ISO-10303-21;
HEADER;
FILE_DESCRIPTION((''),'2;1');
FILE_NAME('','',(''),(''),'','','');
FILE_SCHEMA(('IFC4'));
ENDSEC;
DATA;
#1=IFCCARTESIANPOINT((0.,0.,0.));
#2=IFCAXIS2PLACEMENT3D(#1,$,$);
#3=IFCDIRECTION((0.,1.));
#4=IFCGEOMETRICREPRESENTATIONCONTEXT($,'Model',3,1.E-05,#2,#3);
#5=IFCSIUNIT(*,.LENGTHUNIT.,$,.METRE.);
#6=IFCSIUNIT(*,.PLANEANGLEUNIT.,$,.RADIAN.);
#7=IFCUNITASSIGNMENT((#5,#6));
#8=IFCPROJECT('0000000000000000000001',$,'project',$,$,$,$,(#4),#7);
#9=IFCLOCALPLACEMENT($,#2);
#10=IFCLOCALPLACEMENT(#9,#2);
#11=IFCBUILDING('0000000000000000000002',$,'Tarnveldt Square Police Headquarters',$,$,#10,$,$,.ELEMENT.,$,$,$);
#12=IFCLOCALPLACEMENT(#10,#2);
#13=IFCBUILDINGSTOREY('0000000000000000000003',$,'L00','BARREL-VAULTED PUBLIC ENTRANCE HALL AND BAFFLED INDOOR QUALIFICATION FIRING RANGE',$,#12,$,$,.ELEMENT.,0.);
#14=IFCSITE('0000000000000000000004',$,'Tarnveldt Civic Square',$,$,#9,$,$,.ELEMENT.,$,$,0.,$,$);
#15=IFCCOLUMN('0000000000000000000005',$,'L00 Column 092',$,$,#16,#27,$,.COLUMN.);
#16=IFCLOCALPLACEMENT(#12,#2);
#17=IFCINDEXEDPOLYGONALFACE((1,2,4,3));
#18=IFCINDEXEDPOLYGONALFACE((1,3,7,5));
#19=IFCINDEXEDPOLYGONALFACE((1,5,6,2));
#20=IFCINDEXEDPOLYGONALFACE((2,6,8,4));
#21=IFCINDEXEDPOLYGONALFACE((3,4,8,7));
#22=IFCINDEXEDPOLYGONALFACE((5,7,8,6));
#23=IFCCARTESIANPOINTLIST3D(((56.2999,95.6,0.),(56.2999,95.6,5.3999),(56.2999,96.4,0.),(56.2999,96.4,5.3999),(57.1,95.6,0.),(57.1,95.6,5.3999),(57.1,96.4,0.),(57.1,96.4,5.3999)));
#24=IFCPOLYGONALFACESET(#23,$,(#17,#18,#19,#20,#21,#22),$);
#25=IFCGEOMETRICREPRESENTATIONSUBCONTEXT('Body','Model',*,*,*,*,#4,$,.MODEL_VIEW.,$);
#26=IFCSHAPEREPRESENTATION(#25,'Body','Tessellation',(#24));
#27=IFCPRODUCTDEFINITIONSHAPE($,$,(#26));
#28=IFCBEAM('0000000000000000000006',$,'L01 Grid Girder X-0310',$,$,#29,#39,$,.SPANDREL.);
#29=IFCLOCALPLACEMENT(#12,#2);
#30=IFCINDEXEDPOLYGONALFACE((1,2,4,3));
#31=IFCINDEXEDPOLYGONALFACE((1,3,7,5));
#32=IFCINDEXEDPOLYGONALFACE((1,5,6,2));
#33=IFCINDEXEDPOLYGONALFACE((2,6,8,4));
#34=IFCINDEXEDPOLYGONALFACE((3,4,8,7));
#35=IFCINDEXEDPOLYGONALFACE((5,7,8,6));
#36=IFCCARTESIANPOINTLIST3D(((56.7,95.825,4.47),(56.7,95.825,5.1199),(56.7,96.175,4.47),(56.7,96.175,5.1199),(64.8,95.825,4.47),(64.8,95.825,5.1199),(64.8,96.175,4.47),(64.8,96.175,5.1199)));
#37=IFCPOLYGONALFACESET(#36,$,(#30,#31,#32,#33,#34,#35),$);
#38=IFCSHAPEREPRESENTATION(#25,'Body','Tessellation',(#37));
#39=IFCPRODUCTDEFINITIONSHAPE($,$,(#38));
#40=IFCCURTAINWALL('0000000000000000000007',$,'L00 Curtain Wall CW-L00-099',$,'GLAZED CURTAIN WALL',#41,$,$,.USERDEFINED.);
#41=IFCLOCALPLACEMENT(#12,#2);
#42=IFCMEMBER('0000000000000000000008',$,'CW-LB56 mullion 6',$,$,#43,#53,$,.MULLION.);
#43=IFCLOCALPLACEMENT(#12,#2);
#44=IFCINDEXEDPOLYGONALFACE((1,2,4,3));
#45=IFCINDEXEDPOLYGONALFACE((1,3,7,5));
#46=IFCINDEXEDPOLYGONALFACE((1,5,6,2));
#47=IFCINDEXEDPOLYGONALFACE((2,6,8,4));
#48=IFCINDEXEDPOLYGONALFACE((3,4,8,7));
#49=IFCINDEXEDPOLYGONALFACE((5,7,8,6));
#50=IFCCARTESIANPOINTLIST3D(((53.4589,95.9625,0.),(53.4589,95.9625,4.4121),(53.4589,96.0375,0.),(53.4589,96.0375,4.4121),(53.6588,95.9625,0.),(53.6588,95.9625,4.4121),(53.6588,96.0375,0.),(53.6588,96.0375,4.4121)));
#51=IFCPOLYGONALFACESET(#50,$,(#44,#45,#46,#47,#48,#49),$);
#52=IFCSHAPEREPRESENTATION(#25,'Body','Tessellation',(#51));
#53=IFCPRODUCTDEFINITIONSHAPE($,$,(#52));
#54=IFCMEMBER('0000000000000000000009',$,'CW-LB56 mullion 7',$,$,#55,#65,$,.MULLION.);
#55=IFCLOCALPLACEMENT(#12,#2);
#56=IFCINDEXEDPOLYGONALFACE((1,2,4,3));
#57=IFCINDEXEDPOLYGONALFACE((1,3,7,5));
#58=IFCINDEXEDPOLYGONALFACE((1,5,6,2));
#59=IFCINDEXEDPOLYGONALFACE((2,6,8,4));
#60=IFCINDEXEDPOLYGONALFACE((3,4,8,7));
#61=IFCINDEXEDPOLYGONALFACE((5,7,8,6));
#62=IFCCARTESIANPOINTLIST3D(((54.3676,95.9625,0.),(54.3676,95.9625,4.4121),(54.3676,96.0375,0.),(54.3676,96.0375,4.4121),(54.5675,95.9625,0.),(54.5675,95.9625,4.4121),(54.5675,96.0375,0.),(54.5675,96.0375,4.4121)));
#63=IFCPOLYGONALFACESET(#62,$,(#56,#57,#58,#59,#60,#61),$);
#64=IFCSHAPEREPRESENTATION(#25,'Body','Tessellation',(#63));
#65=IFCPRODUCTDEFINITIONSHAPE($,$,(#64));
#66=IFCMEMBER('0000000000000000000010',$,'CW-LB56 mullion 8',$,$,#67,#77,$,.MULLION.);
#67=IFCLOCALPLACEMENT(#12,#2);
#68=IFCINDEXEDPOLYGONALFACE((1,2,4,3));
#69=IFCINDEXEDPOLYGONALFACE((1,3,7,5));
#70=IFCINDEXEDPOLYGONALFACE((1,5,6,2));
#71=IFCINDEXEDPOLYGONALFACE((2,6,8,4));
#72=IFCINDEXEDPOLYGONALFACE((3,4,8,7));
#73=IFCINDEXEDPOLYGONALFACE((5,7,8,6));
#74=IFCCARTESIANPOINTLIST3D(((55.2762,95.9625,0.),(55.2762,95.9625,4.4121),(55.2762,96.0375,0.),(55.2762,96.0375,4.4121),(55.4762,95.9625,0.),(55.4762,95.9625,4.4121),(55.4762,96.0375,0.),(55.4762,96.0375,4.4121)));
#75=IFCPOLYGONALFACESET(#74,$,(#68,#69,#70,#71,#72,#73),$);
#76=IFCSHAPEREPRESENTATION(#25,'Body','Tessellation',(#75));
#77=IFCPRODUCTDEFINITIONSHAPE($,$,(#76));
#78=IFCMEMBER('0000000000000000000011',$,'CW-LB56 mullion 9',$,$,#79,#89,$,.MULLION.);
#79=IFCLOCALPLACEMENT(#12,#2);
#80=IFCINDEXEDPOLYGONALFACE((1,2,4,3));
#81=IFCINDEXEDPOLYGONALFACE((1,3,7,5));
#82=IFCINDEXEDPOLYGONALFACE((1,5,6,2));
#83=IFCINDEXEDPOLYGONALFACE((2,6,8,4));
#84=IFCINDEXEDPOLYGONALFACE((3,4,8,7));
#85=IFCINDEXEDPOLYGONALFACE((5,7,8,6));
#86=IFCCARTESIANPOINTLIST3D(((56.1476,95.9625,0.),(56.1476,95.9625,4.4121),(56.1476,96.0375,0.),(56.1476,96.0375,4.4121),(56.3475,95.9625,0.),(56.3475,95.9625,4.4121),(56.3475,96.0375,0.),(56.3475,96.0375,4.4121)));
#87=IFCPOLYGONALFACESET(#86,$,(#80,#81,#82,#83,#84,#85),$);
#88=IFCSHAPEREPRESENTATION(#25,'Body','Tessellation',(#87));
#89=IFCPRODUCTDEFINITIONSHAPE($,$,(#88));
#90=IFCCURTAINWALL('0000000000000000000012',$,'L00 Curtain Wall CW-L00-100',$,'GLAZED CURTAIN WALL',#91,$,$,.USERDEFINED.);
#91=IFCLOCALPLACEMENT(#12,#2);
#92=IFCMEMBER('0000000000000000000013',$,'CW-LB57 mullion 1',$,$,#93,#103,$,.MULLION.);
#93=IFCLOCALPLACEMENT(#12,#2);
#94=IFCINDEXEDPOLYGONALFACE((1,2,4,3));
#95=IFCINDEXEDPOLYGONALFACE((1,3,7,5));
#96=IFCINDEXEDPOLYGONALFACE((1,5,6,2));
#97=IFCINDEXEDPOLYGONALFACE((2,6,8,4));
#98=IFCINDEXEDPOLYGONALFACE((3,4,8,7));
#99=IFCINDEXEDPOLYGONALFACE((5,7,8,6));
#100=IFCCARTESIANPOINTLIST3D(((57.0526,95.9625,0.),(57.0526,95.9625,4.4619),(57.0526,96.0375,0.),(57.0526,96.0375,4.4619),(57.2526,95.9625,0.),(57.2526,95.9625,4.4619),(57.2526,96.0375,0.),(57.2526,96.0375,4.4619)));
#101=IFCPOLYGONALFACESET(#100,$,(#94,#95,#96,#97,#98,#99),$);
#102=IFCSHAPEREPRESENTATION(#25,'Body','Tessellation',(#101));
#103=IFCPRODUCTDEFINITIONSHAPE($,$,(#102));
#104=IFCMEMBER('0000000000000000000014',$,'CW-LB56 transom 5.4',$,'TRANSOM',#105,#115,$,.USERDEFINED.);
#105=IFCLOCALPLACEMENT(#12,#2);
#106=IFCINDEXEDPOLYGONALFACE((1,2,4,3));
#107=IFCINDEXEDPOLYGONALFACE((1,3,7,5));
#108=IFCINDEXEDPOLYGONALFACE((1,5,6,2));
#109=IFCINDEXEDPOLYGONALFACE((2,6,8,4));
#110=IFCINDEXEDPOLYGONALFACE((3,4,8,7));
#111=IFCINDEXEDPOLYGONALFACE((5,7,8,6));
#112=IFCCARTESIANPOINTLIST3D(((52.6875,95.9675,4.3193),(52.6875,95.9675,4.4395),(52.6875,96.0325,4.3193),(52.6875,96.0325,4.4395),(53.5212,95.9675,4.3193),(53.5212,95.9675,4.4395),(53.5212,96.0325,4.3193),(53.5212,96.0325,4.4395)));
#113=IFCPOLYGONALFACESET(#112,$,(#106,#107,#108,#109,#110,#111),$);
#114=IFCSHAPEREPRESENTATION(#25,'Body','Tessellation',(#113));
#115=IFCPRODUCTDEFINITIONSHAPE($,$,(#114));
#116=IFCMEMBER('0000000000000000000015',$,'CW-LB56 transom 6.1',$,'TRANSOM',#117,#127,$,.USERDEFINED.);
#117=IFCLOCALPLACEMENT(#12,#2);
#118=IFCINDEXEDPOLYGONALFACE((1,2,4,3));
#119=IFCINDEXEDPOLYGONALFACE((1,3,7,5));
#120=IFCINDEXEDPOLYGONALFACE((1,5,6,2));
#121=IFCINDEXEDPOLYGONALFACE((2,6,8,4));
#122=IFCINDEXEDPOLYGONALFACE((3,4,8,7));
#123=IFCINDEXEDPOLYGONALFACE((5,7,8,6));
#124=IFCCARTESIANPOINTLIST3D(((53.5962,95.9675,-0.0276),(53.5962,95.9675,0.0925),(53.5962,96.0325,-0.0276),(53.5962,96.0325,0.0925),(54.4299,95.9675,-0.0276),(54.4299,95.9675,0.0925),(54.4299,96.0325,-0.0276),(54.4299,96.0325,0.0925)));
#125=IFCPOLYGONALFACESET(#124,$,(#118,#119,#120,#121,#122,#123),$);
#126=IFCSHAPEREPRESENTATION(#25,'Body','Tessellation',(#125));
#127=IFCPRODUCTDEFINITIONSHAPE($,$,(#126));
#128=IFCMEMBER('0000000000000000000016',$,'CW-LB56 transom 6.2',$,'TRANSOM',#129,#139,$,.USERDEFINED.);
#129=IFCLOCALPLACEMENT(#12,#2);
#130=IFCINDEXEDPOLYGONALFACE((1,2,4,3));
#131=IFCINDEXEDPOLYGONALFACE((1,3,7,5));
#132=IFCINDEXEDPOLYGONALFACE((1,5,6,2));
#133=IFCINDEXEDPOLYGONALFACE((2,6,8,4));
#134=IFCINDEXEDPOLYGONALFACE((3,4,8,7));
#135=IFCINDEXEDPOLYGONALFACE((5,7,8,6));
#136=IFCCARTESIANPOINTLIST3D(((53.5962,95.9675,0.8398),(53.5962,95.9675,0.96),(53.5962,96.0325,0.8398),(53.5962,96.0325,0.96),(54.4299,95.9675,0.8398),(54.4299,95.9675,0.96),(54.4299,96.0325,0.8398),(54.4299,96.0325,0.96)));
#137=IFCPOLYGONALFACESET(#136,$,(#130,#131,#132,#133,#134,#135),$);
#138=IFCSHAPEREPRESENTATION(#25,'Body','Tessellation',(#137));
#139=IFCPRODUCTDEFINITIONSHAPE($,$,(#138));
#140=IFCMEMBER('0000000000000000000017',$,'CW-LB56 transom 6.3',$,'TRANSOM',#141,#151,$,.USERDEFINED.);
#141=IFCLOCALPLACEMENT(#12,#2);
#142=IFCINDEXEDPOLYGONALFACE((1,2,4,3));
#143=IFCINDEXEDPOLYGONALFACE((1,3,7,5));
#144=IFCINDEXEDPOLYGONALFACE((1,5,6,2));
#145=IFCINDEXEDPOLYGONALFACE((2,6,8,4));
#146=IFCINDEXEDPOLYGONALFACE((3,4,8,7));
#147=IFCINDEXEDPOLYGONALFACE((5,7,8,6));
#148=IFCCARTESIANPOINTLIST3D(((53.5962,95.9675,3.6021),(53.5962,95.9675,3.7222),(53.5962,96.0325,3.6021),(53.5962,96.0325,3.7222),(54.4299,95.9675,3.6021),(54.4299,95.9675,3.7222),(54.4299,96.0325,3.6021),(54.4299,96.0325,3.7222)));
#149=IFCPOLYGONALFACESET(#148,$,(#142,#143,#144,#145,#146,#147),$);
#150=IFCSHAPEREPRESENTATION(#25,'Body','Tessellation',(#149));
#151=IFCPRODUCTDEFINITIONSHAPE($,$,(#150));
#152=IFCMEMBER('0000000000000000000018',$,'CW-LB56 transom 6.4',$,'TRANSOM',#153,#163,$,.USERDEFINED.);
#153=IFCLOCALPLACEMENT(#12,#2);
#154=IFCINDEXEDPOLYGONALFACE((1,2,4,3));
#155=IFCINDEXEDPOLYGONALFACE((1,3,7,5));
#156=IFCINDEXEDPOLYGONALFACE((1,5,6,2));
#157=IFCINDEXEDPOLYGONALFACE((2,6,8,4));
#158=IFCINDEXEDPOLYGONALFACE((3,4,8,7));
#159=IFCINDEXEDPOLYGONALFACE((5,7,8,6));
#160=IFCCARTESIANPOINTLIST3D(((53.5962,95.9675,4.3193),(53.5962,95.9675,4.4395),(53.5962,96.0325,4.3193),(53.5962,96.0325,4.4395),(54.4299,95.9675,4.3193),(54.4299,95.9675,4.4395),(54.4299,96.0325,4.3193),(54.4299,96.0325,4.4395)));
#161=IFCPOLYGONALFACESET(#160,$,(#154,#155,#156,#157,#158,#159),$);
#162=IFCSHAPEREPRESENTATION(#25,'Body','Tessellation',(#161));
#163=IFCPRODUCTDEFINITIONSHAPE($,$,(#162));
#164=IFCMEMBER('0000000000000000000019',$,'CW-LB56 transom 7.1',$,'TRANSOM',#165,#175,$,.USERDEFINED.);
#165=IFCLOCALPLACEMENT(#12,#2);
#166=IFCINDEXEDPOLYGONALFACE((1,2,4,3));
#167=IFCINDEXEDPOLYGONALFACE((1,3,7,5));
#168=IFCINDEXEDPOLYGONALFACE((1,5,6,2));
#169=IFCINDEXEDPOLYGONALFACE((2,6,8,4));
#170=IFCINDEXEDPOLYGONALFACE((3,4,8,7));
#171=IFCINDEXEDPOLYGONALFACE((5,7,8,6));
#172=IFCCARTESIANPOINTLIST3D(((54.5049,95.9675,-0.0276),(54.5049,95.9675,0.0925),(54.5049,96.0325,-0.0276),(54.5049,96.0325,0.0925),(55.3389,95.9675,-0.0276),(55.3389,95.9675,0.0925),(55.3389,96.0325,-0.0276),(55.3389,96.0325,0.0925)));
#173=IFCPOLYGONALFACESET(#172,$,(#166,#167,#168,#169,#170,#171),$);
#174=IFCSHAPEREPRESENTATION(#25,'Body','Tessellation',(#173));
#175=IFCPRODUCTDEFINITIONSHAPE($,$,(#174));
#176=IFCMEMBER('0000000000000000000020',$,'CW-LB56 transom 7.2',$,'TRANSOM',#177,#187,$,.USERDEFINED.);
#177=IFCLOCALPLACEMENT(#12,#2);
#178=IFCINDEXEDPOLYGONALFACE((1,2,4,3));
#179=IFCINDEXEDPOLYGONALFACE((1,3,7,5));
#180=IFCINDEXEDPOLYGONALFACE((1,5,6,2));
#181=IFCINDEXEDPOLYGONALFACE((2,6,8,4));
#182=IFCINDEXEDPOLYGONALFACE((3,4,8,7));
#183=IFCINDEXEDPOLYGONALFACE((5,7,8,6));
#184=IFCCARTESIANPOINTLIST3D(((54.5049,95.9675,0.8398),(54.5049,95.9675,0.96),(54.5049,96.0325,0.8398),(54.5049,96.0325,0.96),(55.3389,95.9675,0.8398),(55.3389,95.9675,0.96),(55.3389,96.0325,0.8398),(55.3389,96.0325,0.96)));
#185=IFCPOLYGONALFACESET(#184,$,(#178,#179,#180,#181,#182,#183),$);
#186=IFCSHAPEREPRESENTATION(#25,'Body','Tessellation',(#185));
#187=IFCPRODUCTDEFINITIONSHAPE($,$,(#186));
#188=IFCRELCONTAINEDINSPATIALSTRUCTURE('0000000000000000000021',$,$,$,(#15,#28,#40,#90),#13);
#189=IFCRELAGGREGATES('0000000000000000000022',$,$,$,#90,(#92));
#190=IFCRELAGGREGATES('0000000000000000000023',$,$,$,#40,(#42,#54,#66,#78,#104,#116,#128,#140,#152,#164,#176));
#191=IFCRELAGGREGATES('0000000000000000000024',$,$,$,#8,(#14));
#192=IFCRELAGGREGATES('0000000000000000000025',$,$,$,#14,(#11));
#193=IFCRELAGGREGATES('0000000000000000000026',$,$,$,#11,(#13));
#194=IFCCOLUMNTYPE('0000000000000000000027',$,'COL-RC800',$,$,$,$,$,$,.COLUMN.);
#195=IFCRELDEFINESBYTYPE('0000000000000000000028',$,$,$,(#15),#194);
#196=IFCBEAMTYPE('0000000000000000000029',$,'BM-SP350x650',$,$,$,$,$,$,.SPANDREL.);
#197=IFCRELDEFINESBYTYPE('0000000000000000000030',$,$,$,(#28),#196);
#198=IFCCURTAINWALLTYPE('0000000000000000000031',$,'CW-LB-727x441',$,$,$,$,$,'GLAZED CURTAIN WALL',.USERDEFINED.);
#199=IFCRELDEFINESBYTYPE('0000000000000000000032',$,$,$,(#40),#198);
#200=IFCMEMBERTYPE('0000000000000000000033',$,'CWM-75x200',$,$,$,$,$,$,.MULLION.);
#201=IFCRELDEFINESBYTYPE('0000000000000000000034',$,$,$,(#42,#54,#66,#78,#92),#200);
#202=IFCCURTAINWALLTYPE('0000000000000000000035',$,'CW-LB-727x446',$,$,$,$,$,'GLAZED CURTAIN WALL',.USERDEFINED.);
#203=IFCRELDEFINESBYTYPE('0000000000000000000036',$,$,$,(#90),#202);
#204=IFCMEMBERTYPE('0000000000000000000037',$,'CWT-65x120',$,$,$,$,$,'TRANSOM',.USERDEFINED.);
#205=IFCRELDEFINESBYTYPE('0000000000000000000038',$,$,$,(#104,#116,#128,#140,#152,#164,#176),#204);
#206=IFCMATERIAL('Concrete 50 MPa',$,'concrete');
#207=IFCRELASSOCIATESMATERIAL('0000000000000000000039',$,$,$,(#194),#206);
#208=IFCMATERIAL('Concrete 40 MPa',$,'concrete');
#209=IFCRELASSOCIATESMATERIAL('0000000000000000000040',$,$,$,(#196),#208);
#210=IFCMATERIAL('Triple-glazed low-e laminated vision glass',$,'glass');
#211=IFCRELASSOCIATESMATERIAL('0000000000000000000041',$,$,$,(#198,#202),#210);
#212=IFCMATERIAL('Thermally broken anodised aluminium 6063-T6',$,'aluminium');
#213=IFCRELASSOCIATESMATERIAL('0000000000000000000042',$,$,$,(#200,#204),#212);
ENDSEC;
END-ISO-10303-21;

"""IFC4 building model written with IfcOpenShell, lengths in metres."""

from ifc_helpers import new_model, si_unit, direction, frame, origin, origin_2d, place, context, subcontext, project, spatial, rectangle, extrude, material, material_profile, profile_set, type_object, element, aggregate, save


model = new_model("IFC4")

# Units and contexts
model_context = context("Model", 3, precision=1e-05, world=origin(), true_north=direction((0.0, 1.0)))
body_context = subcontext(model_context, "Body", "Model", "MODEL_VIEW")
ifc_project = project(units=[si_unit("LENGTHUNIT", "METRE"), si_unit("PLANEANGLEUNIT", "RADIAN")], contexts=[model_context])

# Site, building, storey
site_placement = place(None, origin())
site = spatial("IfcSite", under=ifc_project, at=site_placement, Name="Tarnveldt Civic Square", CompositionType="ELEMENT", RefElevation=0.0)
building_placement = place(site_placement, origin())
building = spatial("IfcBuilding", under=site, at=building_placement, Name="Tarnveldt Square Police Headquarters", CompositionType="ELEMENT")
storey_placement = place(building_placement, origin())
storey = spatial("IfcBuildingStorey", under=building, at=storey_placement, Name="L00", Description="BARREL-VAULTED PUBLIC ENTRANCE HALL AND BAFFLED INDOOR QUALIFICATION FIRING RANGE", CompositionType="ELEMENT", Elevation=0.0)

# Column
ifc_material_1 = material(Name="Concrete 50 MPa", Category="concrete")
ifc_material_profile_1 = material_profile(ifc_material_1, rectangle(XDim=0.8, YDim=0.8, at=origin_2d()), Name="RC-C800x800")
ifc_profile_set_1 = profile_set([ifc_material_profile_1], Name="Concrete 50 MPa")
column_type = type_object("IfcColumnType", Name="COL-RC800", PredefinedType="COLUMN", material=ifc_profile_set_1)
column_placement = place(storey_placement, frame((56.7, 96.0, 0.0), z_axis=(0.0, 0.0, 1.0), x_axis=(1.0, 0.0, 0.0)))
element("IfcColumn", 1, at=column_placement, inside=storey, type_object=column_type, Name="L00 Column 092", PredefinedType="COLUMN", context=body_context, shape_type="SweptSolid", body=[
    extrude(rectangle(XDim=0.8, YDim=0.8, at=origin_2d()), origin(), (0.0, 0.0, 1.0), 5.3999),
])

# Beam
ifc_material_2 = material(Name="Concrete 40 MPa", Category="concrete")
ifc_material_profile_2 = material_profile(ifc_material_2, rectangle(XDim=0.3501, YDim=0.6499, at=origin_2d()), Name="RC-SP350x650")
ifc_profile_set_2 = profile_set([ifc_material_profile_2], Name="Concrete 40 MPa")
beam_type = type_object("IfcBeamType", Name="BM-SP350x650", PredefinedType="SPANDREL", material=ifc_profile_set_2)
beam_placement = place(storey_placement, frame((56.7, 96.0, 4.7949), z_axis=(1.0, 0.0, 0.0), x_axis=(0.0, 1.0, 0.0)))
element("IfcBeam", 2, at=beam_placement, inside=storey, type_object=beam_type, Name="L01 Grid Girder X-0310", PredefinedType="SPANDREL", context=body_context, shape_type="SweptSolid", body=[
    extrude(rectangle(XDim=0.3501, YDim=0.6499, at=origin_2d()), origin(), (0.0, 0.0, 1.0), 8.1001),
])

# Curtain wall, members
ifc_material_3 = material(Name="Triple-glazed low-e laminated vision glass", Category="glass")
curtain_wall_type_1 = type_object("IfcCurtainWallType", Name="CW-LB-727x441", ElementType="GLAZED CURTAIN WALL", PredefinedType="USERDEFINED", material=ifc_material_3)
curtain_wall_1_placement = place(storey_placement, origin())
curtain_wall_1 = element("IfcCurtainWall", 3, at=curtain_wall_1_placement, inside=storey, type_object=curtain_wall_type_1, Name="L00 Curtain Wall CW-L00-099", ObjectType="GLAZED CURTAIN WALL", PredefinedType="USERDEFINED")
ifc_material_4 = material(Name="Thermally broken anodised aluminium 6063-T6", Category="aluminium")
ifc_material_profile_3 = material_profile(ifc_material_4, rectangle(XDim=0.075, YDim=0.2, at=origin_2d()), Name="CW-M75x200")
ifc_profile_set_3 = profile_set([ifc_material_profile_3], Name="Thermally broken anodised aluminium 6063-T6")
member_type_1 = type_object("IfcMemberType", Name="CWM-75x200", PredefinedType="MULLION", material=ifc_profile_set_3)
member_1_placement = place(storey_placement, frame((53.5588, 96.0, 0.0), z_axis=(0.0, 0.0, 1.0), x_axis=(0.0, 1.0, 0.0)))
member_1 = element("IfcMember", 4, at=member_1_placement, type_object=member_type_1, Name="CW-LB56 mullion 6", PredefinedType="MULLION", context=body_context, shape_type="SweptSolid", body=[
    extrude(rectangle(XDim=0.075, YDim=0.2, at=origin_2d()), origin(), (0.0, 0.0, 1.0), 4.4121),
])
member_2_placement = place(storey_placement, frame((54.4675, 96.0, 0.0), z_axis=(0.0, 0.0, 1.0), x_axis=(0.0, 1.0, 0.0)))
member_2 = element("IfcMember", 5, at=member_2_placement, type_object=member_type_1, Name="CW-LB56 mullion 7", PredefinedType="MULLION", context=body_context, shape_type="SweptSolid", body=[
    extrude(rectangle(XDim=0.075, YDim=0.2, at=origin_2d()), origin(), (0.0, 0.0, 1.0), 4.4121),
])
member_3_placement = place(storey_placement, frame((55.3762, 96.0, 0.0), z_axis=(0.0, 0.0, 1.0), x_axis=(0.0, 1.0, 0.0)))
member_3 = element("IfcMember", 6, at=member_3_placement, type_object=member_type_1, Name="CW-LB56 mullion 8", PredefinedType="MULLION", context=body_context, shape_type="SweptSolid", body=[
    extrude(rectangle(XDim=0.075, YDim=0.2, at=origin_2d()), origin(), (0.0, 0.0, 1.0), 4.4121),
])
member_4_placement = place(storey_placement, frame((56.2476, 96.0, 0.0), z_axis=(0.0, 0.0, 1.0), x_axis=(0.0, 1.0, 0.0)))
member_4 = element("IfcMember", 7, at=member_4_placement, type_object=member_type_1, Name="CW-LB56 mullion 9", PredefinedType="MULLION", context=body_context, shape_type="SweptSolid", body=[
    extrude(rectangle(XDim=0.075, YDim=0.2, at=origin_2d()), origin(), (0.0, 0.0, 1.0), 4.4121),
])

# Curtain wall, member
curtain_wall_type_2 = type_object("IfcCurtainWallType", Name="CW-LB-727x446", ElementType="GLAZED CURTAIN WALL", PredefinedType="USERDEFINED", material=ifc_material_3)
curtain_wall_2_placement = place(storey_placement, origin())
curtain_wall_2 = element("IfcCurtainWall", 8, at=curtain_wall_2_placement, inside=storey, type_object=curtain_wall_type_2, Name="L00 Curtain Wall CW-L00-100", ObjectType="GLAZED CURTAIN WALL", PredefinedType="USERDEFINED")
member_5_placement = place(storey_placement, frame((57.1526, 96.0, 0.0), z_axis=(0.0, 0.0, 1.0), x_axis=(0.0, 1.0, 0.0)))
member_5 = element("IfcMember", 9, at=member_5_placement, type_object=member_type_1, Name="CW-LB57 mullion 1", PredefinedType="MULLION", context=body_context, shape_type="SweptSolid", body=[
    extrude(rectangle(XDim=0.075, YDim=0.2, at=origin_2d()), origin(), (0.0, 0.0, 1.0), 4.4619),
])

# Members
ifc_material_profile_4 = material_profile(ifc_material_4, rectangle(XDim=0.0649, YDim=0.1201, at=origin_2d()), Name="CW-T65x120")
ifc_profile_set_4 = profile_set([ifc_material_profile_4], Name="Thermally broken anodised aluminium 6063-T6")
member_type_2 = type_object("IfcMemberType", Name="CWT-65x120", ElementType="TRANSOM", PredefinedType="USERDEFINED", material=ifc_profile_set_4)
member_6_placement = place(storey_placement, frame((52.6875, 96.0, 4.3794), z_axis=(1.0, 0.0, 0.0), x_axis=(0.0, 1.0, 0.0)))
member_6 = element("IfcMember", 10, at=member_6_placement, type_object=member_type_2, Name="CW-LB56 transom 5.4", ObjectType="TRANSOM", PredefinedType="USERDEFINED", context=body_context, shape_type="SweptSolid", body=[
    extrude(rectangle(XDim=0.0649, YDim=0.1201, at=origin_2d()), origin(), (0.0, 0.0, 1.0), 0.8337),
])
member_7_placement = place(storey_placement, frame((53.5962, 96.0, 0.0325), z_axis=(1.0, 0.0, 0.0), x_axis=(0.0, 1.0, 0.0)))
member_7 = element("IfcMember", 11, at=member_7_placement, type_object=member_type_2, Name="CW-LB56 transom 6.1", ObjectType="TRANSOM", PredefinedType="USERDEFINED", context=body_context, shape_type="SweptSolid", body=[
    extrude(rectangle(XDim=0.0649, YDim=0.1201, at=origin_2d()), origin(), (0.0, 0.0, 1.0), 0.8337),
])
member_8_placement = place(storey_placement, frame((53.5962, 96.0, 0.8999), z_axis=(1.0, 0.0, 0.0), x_axis=(0.0, 1.0, 0.0)))
member_8 = element("IfcMember", 12, at=member_8_placement, type_object=member_type_2, Name="CW-LB56 transom 6.2", ObjectType="TRANSOM", PredefinedType="USERDEFINED", context=body_context, shape_type="SweptSolid", body=[
    extrude(rectangle(XDim=0.0649, YDim=0.1201, at=origin_2d()), origin(), (0.0, 0.0, 1.0), 0.8337),
])
member_9_placement = place(storey_placement, frame((53.5962, 96.0, 3.6621), z_axis=(1.0, 0.0, 0.0), x_axis=(0.0, 1.0, 0.0)))
member_9 = element("IfcMember", 13, at=member_9_placement, type_object=member_type_2, Name="CW-LB56 transom 6.3", ObjectType="TRANSOM", PredefinedType="USERDEFINED", context=body_context, shape_type="SweptSolid", body=[
    extrude(rectangle(XDim=0.0649, YDim=0.1201, at=origin_2d()), origin(), (0.0, 0.0, 1.0), 0.8337),
])
member_10_placement = place(storey_placement, frame((53.5962, 96.0, 4.3794), z_axis=(1.0, 0.0, 0.0), x_axis=(0.0, 1.0, 0.0)))
member_10 = element("IfcMember", 14, at=member_10_placement, type_object=member_type_2, Name="CW-LB56 transom 6.4", ObjectType="TRANSOM", PredefinedType="USERDEFINED", context=body_context, shape_type="SweptSolid", body=[
    extrude(rectangle(XDim=0.0649, YDim=0.1201, at=origin_2d()), origin(), (0.0, 0.0, 1.0), 0.8337),
])
member_11_placement = place(storey_placement, frame((54.5049, 96.0, 0.0325), z_axis=(1.0, 0.0, 0.0), x_axis=(0.0, 1.0, 0.0)))
member_11 = element("IfcMember", 15, at=member_11_placement, type_object=member_type_2, Name="CW-LB56 transom 7.1", ObjectType="TRANSOM", PredefinedType="USERDEFINED", context=body_context, shape_type="SweptSolid", body=[
    extrude(rectangle(XDim=0.0649, YDim=0.1201, at=origin_2d()), origin(), (0.0, 0.0, 1.0), 0.834),
])
member_12_placement = place(storey_placement, frame((54.5049, 96.0, 0.8999), z_axis=(1.0, 0.0, 0.0), x_axis=(0.0, 1.0, 0.0)))
member_12 = element("IfcMember", 16, at=member_12_placement, type_object=member_type_2, Name="CW-LB56 transom 7.2", ObjectType="TRANSOM", PredefinedType="USERDEFINED", context=body_context, shape_type="SweptSolid", body=[
    extrude(rectangle(XDim=0.0649, YDim=0.1201, at=origin_2d()), origin(), (0.0, 0.0, 1.0), 0.834),
])
aggregate(curtain_wall_2, [member_5])

aggregate(curtain_wall_1, [member_1, member_2, member_3, member_4, member_6, member_7, member_8, member_9, member_10, member_11, member_12])

save(model, "model.ifc")
